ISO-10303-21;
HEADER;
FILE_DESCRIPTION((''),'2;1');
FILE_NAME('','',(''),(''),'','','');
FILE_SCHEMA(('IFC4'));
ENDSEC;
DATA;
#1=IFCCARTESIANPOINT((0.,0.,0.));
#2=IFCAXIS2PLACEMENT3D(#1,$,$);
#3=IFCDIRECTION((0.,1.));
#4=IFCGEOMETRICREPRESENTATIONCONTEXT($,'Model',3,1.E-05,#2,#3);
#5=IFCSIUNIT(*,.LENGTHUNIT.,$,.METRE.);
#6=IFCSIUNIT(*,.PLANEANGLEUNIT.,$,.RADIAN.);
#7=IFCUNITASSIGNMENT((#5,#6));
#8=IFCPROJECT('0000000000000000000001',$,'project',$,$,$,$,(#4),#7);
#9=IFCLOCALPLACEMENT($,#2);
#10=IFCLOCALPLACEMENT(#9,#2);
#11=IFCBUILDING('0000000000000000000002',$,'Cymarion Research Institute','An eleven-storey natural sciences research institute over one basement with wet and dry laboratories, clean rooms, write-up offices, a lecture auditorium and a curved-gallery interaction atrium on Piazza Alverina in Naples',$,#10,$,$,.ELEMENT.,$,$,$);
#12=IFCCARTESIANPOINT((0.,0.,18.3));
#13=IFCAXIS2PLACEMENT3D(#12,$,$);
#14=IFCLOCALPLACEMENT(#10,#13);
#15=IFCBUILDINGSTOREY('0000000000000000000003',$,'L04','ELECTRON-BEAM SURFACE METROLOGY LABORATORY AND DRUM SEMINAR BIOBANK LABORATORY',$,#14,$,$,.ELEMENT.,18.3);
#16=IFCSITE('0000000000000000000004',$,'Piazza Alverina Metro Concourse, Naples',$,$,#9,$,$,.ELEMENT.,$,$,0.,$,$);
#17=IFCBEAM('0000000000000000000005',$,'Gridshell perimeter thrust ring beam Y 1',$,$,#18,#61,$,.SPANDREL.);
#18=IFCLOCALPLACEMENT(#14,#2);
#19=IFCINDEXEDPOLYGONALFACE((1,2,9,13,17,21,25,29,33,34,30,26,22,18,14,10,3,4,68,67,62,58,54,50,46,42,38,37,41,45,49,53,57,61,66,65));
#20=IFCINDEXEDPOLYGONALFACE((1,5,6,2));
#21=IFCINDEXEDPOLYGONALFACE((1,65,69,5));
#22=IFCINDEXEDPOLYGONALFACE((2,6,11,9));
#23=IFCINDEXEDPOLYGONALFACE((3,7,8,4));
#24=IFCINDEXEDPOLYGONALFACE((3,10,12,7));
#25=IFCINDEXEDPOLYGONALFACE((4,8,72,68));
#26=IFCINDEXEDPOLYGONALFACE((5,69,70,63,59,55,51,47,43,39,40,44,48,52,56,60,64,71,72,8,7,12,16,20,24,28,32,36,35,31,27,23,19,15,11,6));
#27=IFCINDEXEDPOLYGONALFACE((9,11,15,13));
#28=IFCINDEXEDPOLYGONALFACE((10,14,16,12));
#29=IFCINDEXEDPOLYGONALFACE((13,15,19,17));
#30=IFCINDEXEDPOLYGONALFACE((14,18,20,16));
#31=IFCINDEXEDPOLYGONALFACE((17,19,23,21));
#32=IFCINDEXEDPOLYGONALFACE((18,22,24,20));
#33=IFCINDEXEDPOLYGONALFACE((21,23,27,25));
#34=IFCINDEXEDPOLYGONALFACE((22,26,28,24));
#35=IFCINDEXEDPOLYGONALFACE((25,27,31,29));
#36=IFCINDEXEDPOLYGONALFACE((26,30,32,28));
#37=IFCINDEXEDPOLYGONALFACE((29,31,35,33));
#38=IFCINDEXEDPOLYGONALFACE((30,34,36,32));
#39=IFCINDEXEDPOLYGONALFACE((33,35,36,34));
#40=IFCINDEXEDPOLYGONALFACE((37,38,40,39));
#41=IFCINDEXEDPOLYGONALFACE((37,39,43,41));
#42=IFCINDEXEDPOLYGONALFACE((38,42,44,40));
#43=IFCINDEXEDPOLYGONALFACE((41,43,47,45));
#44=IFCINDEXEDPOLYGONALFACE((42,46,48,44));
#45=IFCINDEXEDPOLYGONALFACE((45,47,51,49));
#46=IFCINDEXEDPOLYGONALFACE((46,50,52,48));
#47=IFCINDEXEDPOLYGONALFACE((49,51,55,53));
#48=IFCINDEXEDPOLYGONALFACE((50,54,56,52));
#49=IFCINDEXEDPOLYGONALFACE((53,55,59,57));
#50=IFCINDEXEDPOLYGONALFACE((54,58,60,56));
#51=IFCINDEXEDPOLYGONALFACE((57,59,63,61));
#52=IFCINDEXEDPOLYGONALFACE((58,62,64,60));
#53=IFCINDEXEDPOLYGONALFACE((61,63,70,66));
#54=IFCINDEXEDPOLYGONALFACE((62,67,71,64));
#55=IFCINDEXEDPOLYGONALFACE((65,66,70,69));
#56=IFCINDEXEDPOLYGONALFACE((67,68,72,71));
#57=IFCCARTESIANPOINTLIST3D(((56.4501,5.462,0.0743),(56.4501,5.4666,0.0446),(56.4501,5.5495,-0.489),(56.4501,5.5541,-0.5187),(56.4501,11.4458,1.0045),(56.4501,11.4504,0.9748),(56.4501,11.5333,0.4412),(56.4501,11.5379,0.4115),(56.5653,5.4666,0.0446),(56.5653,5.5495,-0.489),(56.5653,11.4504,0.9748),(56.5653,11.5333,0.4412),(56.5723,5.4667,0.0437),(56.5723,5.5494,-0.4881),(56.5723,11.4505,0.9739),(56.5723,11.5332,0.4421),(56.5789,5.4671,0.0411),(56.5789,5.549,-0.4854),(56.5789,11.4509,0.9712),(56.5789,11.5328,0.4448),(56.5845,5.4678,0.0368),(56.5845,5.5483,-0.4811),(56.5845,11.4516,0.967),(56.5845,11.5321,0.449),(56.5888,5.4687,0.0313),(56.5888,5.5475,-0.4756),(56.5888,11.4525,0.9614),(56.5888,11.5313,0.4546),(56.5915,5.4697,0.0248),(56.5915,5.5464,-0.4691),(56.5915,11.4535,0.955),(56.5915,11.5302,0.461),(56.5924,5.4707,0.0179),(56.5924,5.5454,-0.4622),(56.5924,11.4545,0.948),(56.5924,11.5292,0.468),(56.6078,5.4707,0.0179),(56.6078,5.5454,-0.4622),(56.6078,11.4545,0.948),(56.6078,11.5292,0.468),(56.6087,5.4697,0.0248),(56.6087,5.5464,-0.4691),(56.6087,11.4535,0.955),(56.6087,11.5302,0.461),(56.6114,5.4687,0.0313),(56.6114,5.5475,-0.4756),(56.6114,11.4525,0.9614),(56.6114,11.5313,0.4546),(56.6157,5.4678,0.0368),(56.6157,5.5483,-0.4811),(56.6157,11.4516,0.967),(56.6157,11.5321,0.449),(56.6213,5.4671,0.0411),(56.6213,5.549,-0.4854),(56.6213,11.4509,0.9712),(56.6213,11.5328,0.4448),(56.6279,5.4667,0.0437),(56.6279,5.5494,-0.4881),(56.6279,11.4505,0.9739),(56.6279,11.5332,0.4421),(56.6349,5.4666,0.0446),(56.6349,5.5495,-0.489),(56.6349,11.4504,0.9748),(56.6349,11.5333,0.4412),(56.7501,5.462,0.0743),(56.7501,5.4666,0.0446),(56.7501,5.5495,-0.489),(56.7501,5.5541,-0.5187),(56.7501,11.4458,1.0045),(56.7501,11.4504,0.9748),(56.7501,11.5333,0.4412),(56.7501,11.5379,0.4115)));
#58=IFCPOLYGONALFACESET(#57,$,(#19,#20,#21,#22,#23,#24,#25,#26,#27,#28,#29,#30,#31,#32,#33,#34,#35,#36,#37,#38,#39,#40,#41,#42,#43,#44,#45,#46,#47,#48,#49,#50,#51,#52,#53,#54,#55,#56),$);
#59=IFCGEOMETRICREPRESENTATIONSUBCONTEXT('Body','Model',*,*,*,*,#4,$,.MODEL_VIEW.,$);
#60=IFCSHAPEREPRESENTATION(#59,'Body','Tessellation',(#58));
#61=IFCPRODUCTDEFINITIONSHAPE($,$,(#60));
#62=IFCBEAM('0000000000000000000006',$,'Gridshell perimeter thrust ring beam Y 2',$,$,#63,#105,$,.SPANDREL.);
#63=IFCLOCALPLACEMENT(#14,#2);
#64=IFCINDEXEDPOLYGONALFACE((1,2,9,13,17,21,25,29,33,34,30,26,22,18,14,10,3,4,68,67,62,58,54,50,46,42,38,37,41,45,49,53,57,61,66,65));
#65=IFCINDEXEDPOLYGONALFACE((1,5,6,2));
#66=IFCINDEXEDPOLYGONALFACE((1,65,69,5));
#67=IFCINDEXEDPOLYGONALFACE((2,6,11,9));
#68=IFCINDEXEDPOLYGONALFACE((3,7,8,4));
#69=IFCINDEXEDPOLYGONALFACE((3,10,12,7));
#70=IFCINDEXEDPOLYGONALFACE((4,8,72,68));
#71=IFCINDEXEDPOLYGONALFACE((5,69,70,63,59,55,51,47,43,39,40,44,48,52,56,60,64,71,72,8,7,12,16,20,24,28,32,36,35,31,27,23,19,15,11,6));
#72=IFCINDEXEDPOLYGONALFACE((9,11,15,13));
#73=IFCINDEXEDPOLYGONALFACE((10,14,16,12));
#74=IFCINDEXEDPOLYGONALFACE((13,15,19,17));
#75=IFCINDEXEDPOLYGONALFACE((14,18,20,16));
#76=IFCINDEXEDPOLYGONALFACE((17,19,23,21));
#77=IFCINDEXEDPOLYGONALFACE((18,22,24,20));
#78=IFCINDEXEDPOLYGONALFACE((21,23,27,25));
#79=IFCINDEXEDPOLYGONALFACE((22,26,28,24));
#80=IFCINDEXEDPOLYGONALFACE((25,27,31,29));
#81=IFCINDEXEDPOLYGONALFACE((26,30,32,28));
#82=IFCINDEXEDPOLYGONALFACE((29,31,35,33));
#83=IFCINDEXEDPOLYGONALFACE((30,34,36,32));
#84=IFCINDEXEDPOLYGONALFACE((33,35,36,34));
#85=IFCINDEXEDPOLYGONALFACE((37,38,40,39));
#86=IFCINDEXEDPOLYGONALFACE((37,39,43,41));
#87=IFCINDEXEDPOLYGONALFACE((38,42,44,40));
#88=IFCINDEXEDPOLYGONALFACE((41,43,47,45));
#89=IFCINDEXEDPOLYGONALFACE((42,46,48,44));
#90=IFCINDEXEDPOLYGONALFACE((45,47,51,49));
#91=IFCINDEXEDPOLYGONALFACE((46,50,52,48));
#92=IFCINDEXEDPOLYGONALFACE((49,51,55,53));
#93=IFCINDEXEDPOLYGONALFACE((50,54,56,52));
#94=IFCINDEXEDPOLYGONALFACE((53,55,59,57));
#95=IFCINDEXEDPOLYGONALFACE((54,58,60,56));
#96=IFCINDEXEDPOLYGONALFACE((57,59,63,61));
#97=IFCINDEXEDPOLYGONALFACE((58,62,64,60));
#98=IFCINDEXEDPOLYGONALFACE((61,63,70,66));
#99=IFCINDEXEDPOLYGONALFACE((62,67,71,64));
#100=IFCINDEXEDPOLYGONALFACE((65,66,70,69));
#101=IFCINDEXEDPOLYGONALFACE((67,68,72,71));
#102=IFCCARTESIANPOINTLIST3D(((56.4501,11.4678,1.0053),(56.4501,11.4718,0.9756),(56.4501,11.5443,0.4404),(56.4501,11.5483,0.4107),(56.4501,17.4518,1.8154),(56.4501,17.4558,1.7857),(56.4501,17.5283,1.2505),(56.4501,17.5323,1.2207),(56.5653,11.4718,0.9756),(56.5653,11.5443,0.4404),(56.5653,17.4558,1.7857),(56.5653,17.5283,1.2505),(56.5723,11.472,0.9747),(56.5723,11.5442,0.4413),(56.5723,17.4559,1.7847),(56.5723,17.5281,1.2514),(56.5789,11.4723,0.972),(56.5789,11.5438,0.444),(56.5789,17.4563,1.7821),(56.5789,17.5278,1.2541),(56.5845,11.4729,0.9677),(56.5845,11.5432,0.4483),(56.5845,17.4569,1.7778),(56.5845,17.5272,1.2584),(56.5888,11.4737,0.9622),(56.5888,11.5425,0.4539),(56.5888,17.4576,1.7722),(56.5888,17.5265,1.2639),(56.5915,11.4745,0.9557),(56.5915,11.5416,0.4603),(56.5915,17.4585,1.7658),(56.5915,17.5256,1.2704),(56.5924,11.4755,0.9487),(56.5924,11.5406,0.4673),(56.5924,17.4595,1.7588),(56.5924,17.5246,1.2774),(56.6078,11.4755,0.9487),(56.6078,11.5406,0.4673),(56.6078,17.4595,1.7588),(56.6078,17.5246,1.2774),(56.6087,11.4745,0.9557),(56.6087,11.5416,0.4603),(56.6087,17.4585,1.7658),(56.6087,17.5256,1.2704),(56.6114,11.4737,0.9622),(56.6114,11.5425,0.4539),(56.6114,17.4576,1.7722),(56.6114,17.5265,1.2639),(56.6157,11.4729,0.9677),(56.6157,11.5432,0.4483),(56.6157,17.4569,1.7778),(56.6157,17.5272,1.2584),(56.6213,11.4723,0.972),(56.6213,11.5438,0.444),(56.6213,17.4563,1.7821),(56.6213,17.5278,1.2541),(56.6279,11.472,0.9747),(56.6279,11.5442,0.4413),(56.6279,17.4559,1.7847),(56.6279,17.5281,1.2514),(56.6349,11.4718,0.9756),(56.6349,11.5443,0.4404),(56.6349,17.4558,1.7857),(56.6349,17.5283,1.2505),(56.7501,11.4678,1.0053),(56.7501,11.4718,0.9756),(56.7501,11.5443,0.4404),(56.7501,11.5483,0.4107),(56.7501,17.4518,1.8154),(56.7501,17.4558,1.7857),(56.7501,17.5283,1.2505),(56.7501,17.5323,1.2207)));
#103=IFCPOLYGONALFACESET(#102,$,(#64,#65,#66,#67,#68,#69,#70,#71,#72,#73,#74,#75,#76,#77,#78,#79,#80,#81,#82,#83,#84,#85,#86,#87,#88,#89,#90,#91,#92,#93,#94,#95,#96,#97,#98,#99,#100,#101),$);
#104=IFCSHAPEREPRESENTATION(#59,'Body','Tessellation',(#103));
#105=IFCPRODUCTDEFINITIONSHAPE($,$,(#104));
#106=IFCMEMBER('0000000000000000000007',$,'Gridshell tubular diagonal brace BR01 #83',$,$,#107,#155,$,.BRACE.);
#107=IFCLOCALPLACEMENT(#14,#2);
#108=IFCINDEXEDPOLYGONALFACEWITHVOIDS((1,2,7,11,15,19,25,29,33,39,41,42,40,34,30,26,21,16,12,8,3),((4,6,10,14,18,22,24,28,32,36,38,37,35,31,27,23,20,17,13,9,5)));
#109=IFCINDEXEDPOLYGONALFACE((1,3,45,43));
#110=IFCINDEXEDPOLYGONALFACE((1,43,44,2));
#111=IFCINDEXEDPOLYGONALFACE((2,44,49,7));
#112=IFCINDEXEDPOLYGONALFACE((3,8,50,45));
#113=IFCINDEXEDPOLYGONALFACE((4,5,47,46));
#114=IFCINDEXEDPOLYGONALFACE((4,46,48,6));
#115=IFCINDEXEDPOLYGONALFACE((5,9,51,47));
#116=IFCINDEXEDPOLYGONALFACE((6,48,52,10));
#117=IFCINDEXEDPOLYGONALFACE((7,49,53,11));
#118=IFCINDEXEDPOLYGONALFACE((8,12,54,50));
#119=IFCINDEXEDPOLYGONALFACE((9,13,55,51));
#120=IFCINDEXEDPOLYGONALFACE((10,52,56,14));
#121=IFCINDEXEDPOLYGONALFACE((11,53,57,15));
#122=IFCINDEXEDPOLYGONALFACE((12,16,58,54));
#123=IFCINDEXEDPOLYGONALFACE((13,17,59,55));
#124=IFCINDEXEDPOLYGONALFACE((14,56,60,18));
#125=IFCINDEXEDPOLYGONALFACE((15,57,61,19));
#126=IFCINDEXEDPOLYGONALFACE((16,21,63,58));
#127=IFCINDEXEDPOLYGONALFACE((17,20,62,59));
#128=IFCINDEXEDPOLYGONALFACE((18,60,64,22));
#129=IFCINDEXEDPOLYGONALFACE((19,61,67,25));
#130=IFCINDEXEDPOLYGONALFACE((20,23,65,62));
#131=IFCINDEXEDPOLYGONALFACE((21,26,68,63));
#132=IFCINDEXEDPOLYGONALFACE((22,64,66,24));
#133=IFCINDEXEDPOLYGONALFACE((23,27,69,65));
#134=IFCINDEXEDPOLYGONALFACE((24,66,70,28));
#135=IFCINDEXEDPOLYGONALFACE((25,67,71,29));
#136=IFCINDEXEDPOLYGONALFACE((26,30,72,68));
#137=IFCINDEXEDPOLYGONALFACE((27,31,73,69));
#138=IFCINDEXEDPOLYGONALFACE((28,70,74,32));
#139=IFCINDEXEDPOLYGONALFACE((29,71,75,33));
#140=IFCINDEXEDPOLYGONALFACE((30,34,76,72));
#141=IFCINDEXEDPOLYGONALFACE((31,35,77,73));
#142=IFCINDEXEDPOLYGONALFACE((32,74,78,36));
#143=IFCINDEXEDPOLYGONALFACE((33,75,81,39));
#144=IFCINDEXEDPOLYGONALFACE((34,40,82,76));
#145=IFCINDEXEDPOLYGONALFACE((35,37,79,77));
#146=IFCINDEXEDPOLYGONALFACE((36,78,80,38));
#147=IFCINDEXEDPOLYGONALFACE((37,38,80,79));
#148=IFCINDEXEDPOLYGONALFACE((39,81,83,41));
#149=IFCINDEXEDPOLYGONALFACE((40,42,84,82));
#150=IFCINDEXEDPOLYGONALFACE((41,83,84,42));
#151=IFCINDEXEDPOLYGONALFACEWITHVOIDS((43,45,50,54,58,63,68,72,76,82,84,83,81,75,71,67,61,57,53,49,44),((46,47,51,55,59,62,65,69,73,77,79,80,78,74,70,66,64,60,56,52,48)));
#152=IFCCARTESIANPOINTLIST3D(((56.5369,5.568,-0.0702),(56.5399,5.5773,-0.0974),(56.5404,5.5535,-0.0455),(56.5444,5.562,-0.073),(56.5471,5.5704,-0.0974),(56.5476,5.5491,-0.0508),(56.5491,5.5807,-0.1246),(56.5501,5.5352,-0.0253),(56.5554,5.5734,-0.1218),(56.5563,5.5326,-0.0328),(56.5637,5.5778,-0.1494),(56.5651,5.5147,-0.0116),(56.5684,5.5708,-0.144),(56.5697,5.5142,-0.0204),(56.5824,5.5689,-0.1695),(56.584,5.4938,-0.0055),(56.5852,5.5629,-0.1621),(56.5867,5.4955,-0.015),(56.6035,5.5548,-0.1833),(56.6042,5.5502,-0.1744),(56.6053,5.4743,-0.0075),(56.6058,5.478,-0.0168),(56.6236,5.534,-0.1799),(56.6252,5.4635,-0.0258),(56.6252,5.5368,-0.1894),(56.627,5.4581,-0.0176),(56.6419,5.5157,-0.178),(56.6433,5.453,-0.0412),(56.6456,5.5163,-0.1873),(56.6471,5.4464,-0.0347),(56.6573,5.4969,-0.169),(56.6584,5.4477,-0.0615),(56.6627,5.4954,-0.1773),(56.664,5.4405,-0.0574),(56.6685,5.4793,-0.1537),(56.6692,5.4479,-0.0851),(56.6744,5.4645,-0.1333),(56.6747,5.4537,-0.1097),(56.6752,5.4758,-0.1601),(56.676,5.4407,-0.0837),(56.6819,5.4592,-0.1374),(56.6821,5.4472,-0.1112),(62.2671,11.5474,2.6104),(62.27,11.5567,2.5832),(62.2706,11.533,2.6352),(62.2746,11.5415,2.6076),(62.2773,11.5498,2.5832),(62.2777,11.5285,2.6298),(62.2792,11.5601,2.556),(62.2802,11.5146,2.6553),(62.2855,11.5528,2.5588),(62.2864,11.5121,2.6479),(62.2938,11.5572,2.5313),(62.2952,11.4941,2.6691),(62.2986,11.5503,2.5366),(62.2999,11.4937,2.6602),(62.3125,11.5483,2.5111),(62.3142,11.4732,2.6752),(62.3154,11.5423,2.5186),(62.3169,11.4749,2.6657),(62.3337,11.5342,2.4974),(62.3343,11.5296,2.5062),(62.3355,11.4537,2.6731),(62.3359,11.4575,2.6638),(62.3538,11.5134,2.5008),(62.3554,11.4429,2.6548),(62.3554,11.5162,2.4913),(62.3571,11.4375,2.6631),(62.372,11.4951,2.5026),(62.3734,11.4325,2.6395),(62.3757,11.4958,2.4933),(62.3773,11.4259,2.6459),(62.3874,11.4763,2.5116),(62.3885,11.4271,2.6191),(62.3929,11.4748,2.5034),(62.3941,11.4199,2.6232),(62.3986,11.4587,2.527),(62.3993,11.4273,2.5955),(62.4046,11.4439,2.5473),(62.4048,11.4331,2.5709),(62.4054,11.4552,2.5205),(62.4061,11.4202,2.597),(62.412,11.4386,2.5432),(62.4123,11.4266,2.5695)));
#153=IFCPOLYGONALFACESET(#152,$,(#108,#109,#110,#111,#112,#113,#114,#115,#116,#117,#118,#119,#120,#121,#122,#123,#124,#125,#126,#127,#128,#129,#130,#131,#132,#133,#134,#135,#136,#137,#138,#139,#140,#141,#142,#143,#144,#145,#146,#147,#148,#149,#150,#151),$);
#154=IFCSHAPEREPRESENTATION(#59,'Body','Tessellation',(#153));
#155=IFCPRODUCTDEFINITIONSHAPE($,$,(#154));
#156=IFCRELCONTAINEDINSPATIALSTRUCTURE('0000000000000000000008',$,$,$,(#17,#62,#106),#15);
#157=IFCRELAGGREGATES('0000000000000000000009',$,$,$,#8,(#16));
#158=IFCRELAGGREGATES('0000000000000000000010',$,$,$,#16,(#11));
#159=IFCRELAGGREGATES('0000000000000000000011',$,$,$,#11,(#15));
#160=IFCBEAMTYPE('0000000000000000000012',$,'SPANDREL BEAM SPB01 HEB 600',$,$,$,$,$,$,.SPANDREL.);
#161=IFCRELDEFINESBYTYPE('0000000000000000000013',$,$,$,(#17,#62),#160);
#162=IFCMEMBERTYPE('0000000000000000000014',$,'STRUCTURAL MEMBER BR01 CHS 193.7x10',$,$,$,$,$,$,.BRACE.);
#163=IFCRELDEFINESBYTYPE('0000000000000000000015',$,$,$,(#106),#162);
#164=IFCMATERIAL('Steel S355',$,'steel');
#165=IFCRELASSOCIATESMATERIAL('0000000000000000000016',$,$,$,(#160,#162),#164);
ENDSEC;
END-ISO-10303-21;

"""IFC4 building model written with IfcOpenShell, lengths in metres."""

from ifc_helpers import new_model, si_unit, direction, frame, origin, origin_2d, place, context, subcontext, project, spatial, hollow_circle, i_section, extrude, material, material_profile, profile_set, type_object, element, save


model = new_model("IFC4")

# Units and contexts
model_context = context("Model", 3, precision=1e-05, world=origin(), true_north=direction((0.0, 1.0)))
body_context = subcontext(model_context, "Body", "Model", "MODEL_VIEW")
ifc_project = project(units=[si_unit("LENGTHUNIT", "METRE"), si_unit("PLANEANGLEUNIT", "RADIAN")], contexts=[model_context])

# Site, building, storey
site_placement = place(None, origin())
site = spatial("IfcSite", under=ifc_project, at=site_placement, Name="Piazza Alverina Metro Concourse, Naples", CompositionType="ELEMENT", RefElevation=0.0)
building_placement = place(site_placement, origin())
building = spatial("IfcBuilding", under=site, at=building_placement, Name="Cymarion Research Institute", Description="An eleven-storey natural sciences research institute over one basement with wet and dry laboratories, clean rooms, write-up offices, a lecture auditorium and a curved-gallery interaction atrium on Piazza Alverina in Naples", CompositionType="ELEMENT")
storey_placement = place(building_placement, frame((0.0, 0.0, 18.3)))
storey = spatial("IfcBuildingStorey", under=building, at=storey_placement, Name="L04", Description="ELECTRON-BEAM SURFACE METROLOGY LABORATORY AND DRUM SEMINAR BIOBANK LABORATORY", CompositionType="ELEMENT", Elevation=18.3)

# Beams
ifc_material_1 = material(Name="Steel S355", Category="steel")
ifc_material_profile_1 = material_profile(ifc_material_1, i_section(OverallWidth=0.3, OverallDepth=0.6001, WebThickness=0.0154, FlangeThickness=0.03, FilletRadius=0.0271, at=origin_2d()), Name="HEB 600")
ifc_profile_set_1 = profile_set([ifc_material_profile_1], Name="Steel S355")
beam_type = type_object("IfcBeamType", Name="SPANDREL BEAM SPB01 HEB 600", PredefinedType="SPANDREL", material=ifc_profile_set_1)
beam_1_placement = place(storey_placement, frame((56.6001, 5.5081, -0.2222), z_axis=(0.0, 0.988133, 0.153602), x_axis=(-1.0, 0.0, 0.0)))
element("IfcBeam", 1, at=beam_1_placement, inside=storey, type_object=beam_type, Name="Gridshell perimeter thrust ring beam Y 1", PredefinedType="SPANDREL", context=body_context, shape_type="SweptSolid", body=[
    extrude(i_section(OverallWidth=0.3, OverallDepth=0.6001, WebThickness=0.0154, FlangeThickness=0.03, FilletRadius=0.0271, at=origin_2d()), origin(), (0.0, 0.0, 1.0), 6.0557),
])
beam_2_placement = place(storey_placement, frame((56.6001, 11.5081, 0.708), z_axis=(0.0, 0.990961, 0.13415), x_axis=(-1.0, 0.0, 0.0)))
element("IfcBeam", 2, at=beam_2_placement, inside=storey, type_object=beam_type, Name="Gridshell perimeter thrust ring beam Y 2", PredefinedType="SPANDREL", context=body_context, shape_type="SweptSolid", body=[
    extrude(i_section(OverallWidth=0.3, OverallDepth=0.6001, WebThickness=0.0154, FlangeThickness=0.03, FilletRadius=0.0271, at=origin_2d()), origin(), (0.0, 0.0, 1.0), 6.0386),
])

# Member
ifc_material_profile_2 = material_profile(ifc_material_1, hollow_circle(Radius=0.0969, WallThickness=0.01, at=origin_2d()), Name="CHS 193.7x10")
ifc_profile_set_2 = profile_set([ifc_material_profile_2], Name="Steel S355")
member_type_1 = type_object("IfcMemberType", Name="STRUCTURAL MEMBER BR01 CHS 193.7x10", PredefinedType="BRACE", material=ifc_profile_set_2)
member_1_placement = place(storey_placement, frame((56.6099, 5.5103, -0.0974), z_axis=(0.658274, 0.686909, 0.307948), x_axis=(-0.721996, 0.691898, 0.0)))
element("IfcMember", 3, at=member_1_placement, inside=storey, type_object=member_type_1, Name="Gridshell tubular diagonal brace BR01 #83", PredefinedType="BRACE", context=body_context, shape_type="SweptSolid", body=[
    extrude(hollow_circle(Radius=0.0969, WallThickness=0.01, at=origin_2d()), origin(), (0.0, 0.0, 1.0), 8.7048),
])

save(model, "model.ifc")
